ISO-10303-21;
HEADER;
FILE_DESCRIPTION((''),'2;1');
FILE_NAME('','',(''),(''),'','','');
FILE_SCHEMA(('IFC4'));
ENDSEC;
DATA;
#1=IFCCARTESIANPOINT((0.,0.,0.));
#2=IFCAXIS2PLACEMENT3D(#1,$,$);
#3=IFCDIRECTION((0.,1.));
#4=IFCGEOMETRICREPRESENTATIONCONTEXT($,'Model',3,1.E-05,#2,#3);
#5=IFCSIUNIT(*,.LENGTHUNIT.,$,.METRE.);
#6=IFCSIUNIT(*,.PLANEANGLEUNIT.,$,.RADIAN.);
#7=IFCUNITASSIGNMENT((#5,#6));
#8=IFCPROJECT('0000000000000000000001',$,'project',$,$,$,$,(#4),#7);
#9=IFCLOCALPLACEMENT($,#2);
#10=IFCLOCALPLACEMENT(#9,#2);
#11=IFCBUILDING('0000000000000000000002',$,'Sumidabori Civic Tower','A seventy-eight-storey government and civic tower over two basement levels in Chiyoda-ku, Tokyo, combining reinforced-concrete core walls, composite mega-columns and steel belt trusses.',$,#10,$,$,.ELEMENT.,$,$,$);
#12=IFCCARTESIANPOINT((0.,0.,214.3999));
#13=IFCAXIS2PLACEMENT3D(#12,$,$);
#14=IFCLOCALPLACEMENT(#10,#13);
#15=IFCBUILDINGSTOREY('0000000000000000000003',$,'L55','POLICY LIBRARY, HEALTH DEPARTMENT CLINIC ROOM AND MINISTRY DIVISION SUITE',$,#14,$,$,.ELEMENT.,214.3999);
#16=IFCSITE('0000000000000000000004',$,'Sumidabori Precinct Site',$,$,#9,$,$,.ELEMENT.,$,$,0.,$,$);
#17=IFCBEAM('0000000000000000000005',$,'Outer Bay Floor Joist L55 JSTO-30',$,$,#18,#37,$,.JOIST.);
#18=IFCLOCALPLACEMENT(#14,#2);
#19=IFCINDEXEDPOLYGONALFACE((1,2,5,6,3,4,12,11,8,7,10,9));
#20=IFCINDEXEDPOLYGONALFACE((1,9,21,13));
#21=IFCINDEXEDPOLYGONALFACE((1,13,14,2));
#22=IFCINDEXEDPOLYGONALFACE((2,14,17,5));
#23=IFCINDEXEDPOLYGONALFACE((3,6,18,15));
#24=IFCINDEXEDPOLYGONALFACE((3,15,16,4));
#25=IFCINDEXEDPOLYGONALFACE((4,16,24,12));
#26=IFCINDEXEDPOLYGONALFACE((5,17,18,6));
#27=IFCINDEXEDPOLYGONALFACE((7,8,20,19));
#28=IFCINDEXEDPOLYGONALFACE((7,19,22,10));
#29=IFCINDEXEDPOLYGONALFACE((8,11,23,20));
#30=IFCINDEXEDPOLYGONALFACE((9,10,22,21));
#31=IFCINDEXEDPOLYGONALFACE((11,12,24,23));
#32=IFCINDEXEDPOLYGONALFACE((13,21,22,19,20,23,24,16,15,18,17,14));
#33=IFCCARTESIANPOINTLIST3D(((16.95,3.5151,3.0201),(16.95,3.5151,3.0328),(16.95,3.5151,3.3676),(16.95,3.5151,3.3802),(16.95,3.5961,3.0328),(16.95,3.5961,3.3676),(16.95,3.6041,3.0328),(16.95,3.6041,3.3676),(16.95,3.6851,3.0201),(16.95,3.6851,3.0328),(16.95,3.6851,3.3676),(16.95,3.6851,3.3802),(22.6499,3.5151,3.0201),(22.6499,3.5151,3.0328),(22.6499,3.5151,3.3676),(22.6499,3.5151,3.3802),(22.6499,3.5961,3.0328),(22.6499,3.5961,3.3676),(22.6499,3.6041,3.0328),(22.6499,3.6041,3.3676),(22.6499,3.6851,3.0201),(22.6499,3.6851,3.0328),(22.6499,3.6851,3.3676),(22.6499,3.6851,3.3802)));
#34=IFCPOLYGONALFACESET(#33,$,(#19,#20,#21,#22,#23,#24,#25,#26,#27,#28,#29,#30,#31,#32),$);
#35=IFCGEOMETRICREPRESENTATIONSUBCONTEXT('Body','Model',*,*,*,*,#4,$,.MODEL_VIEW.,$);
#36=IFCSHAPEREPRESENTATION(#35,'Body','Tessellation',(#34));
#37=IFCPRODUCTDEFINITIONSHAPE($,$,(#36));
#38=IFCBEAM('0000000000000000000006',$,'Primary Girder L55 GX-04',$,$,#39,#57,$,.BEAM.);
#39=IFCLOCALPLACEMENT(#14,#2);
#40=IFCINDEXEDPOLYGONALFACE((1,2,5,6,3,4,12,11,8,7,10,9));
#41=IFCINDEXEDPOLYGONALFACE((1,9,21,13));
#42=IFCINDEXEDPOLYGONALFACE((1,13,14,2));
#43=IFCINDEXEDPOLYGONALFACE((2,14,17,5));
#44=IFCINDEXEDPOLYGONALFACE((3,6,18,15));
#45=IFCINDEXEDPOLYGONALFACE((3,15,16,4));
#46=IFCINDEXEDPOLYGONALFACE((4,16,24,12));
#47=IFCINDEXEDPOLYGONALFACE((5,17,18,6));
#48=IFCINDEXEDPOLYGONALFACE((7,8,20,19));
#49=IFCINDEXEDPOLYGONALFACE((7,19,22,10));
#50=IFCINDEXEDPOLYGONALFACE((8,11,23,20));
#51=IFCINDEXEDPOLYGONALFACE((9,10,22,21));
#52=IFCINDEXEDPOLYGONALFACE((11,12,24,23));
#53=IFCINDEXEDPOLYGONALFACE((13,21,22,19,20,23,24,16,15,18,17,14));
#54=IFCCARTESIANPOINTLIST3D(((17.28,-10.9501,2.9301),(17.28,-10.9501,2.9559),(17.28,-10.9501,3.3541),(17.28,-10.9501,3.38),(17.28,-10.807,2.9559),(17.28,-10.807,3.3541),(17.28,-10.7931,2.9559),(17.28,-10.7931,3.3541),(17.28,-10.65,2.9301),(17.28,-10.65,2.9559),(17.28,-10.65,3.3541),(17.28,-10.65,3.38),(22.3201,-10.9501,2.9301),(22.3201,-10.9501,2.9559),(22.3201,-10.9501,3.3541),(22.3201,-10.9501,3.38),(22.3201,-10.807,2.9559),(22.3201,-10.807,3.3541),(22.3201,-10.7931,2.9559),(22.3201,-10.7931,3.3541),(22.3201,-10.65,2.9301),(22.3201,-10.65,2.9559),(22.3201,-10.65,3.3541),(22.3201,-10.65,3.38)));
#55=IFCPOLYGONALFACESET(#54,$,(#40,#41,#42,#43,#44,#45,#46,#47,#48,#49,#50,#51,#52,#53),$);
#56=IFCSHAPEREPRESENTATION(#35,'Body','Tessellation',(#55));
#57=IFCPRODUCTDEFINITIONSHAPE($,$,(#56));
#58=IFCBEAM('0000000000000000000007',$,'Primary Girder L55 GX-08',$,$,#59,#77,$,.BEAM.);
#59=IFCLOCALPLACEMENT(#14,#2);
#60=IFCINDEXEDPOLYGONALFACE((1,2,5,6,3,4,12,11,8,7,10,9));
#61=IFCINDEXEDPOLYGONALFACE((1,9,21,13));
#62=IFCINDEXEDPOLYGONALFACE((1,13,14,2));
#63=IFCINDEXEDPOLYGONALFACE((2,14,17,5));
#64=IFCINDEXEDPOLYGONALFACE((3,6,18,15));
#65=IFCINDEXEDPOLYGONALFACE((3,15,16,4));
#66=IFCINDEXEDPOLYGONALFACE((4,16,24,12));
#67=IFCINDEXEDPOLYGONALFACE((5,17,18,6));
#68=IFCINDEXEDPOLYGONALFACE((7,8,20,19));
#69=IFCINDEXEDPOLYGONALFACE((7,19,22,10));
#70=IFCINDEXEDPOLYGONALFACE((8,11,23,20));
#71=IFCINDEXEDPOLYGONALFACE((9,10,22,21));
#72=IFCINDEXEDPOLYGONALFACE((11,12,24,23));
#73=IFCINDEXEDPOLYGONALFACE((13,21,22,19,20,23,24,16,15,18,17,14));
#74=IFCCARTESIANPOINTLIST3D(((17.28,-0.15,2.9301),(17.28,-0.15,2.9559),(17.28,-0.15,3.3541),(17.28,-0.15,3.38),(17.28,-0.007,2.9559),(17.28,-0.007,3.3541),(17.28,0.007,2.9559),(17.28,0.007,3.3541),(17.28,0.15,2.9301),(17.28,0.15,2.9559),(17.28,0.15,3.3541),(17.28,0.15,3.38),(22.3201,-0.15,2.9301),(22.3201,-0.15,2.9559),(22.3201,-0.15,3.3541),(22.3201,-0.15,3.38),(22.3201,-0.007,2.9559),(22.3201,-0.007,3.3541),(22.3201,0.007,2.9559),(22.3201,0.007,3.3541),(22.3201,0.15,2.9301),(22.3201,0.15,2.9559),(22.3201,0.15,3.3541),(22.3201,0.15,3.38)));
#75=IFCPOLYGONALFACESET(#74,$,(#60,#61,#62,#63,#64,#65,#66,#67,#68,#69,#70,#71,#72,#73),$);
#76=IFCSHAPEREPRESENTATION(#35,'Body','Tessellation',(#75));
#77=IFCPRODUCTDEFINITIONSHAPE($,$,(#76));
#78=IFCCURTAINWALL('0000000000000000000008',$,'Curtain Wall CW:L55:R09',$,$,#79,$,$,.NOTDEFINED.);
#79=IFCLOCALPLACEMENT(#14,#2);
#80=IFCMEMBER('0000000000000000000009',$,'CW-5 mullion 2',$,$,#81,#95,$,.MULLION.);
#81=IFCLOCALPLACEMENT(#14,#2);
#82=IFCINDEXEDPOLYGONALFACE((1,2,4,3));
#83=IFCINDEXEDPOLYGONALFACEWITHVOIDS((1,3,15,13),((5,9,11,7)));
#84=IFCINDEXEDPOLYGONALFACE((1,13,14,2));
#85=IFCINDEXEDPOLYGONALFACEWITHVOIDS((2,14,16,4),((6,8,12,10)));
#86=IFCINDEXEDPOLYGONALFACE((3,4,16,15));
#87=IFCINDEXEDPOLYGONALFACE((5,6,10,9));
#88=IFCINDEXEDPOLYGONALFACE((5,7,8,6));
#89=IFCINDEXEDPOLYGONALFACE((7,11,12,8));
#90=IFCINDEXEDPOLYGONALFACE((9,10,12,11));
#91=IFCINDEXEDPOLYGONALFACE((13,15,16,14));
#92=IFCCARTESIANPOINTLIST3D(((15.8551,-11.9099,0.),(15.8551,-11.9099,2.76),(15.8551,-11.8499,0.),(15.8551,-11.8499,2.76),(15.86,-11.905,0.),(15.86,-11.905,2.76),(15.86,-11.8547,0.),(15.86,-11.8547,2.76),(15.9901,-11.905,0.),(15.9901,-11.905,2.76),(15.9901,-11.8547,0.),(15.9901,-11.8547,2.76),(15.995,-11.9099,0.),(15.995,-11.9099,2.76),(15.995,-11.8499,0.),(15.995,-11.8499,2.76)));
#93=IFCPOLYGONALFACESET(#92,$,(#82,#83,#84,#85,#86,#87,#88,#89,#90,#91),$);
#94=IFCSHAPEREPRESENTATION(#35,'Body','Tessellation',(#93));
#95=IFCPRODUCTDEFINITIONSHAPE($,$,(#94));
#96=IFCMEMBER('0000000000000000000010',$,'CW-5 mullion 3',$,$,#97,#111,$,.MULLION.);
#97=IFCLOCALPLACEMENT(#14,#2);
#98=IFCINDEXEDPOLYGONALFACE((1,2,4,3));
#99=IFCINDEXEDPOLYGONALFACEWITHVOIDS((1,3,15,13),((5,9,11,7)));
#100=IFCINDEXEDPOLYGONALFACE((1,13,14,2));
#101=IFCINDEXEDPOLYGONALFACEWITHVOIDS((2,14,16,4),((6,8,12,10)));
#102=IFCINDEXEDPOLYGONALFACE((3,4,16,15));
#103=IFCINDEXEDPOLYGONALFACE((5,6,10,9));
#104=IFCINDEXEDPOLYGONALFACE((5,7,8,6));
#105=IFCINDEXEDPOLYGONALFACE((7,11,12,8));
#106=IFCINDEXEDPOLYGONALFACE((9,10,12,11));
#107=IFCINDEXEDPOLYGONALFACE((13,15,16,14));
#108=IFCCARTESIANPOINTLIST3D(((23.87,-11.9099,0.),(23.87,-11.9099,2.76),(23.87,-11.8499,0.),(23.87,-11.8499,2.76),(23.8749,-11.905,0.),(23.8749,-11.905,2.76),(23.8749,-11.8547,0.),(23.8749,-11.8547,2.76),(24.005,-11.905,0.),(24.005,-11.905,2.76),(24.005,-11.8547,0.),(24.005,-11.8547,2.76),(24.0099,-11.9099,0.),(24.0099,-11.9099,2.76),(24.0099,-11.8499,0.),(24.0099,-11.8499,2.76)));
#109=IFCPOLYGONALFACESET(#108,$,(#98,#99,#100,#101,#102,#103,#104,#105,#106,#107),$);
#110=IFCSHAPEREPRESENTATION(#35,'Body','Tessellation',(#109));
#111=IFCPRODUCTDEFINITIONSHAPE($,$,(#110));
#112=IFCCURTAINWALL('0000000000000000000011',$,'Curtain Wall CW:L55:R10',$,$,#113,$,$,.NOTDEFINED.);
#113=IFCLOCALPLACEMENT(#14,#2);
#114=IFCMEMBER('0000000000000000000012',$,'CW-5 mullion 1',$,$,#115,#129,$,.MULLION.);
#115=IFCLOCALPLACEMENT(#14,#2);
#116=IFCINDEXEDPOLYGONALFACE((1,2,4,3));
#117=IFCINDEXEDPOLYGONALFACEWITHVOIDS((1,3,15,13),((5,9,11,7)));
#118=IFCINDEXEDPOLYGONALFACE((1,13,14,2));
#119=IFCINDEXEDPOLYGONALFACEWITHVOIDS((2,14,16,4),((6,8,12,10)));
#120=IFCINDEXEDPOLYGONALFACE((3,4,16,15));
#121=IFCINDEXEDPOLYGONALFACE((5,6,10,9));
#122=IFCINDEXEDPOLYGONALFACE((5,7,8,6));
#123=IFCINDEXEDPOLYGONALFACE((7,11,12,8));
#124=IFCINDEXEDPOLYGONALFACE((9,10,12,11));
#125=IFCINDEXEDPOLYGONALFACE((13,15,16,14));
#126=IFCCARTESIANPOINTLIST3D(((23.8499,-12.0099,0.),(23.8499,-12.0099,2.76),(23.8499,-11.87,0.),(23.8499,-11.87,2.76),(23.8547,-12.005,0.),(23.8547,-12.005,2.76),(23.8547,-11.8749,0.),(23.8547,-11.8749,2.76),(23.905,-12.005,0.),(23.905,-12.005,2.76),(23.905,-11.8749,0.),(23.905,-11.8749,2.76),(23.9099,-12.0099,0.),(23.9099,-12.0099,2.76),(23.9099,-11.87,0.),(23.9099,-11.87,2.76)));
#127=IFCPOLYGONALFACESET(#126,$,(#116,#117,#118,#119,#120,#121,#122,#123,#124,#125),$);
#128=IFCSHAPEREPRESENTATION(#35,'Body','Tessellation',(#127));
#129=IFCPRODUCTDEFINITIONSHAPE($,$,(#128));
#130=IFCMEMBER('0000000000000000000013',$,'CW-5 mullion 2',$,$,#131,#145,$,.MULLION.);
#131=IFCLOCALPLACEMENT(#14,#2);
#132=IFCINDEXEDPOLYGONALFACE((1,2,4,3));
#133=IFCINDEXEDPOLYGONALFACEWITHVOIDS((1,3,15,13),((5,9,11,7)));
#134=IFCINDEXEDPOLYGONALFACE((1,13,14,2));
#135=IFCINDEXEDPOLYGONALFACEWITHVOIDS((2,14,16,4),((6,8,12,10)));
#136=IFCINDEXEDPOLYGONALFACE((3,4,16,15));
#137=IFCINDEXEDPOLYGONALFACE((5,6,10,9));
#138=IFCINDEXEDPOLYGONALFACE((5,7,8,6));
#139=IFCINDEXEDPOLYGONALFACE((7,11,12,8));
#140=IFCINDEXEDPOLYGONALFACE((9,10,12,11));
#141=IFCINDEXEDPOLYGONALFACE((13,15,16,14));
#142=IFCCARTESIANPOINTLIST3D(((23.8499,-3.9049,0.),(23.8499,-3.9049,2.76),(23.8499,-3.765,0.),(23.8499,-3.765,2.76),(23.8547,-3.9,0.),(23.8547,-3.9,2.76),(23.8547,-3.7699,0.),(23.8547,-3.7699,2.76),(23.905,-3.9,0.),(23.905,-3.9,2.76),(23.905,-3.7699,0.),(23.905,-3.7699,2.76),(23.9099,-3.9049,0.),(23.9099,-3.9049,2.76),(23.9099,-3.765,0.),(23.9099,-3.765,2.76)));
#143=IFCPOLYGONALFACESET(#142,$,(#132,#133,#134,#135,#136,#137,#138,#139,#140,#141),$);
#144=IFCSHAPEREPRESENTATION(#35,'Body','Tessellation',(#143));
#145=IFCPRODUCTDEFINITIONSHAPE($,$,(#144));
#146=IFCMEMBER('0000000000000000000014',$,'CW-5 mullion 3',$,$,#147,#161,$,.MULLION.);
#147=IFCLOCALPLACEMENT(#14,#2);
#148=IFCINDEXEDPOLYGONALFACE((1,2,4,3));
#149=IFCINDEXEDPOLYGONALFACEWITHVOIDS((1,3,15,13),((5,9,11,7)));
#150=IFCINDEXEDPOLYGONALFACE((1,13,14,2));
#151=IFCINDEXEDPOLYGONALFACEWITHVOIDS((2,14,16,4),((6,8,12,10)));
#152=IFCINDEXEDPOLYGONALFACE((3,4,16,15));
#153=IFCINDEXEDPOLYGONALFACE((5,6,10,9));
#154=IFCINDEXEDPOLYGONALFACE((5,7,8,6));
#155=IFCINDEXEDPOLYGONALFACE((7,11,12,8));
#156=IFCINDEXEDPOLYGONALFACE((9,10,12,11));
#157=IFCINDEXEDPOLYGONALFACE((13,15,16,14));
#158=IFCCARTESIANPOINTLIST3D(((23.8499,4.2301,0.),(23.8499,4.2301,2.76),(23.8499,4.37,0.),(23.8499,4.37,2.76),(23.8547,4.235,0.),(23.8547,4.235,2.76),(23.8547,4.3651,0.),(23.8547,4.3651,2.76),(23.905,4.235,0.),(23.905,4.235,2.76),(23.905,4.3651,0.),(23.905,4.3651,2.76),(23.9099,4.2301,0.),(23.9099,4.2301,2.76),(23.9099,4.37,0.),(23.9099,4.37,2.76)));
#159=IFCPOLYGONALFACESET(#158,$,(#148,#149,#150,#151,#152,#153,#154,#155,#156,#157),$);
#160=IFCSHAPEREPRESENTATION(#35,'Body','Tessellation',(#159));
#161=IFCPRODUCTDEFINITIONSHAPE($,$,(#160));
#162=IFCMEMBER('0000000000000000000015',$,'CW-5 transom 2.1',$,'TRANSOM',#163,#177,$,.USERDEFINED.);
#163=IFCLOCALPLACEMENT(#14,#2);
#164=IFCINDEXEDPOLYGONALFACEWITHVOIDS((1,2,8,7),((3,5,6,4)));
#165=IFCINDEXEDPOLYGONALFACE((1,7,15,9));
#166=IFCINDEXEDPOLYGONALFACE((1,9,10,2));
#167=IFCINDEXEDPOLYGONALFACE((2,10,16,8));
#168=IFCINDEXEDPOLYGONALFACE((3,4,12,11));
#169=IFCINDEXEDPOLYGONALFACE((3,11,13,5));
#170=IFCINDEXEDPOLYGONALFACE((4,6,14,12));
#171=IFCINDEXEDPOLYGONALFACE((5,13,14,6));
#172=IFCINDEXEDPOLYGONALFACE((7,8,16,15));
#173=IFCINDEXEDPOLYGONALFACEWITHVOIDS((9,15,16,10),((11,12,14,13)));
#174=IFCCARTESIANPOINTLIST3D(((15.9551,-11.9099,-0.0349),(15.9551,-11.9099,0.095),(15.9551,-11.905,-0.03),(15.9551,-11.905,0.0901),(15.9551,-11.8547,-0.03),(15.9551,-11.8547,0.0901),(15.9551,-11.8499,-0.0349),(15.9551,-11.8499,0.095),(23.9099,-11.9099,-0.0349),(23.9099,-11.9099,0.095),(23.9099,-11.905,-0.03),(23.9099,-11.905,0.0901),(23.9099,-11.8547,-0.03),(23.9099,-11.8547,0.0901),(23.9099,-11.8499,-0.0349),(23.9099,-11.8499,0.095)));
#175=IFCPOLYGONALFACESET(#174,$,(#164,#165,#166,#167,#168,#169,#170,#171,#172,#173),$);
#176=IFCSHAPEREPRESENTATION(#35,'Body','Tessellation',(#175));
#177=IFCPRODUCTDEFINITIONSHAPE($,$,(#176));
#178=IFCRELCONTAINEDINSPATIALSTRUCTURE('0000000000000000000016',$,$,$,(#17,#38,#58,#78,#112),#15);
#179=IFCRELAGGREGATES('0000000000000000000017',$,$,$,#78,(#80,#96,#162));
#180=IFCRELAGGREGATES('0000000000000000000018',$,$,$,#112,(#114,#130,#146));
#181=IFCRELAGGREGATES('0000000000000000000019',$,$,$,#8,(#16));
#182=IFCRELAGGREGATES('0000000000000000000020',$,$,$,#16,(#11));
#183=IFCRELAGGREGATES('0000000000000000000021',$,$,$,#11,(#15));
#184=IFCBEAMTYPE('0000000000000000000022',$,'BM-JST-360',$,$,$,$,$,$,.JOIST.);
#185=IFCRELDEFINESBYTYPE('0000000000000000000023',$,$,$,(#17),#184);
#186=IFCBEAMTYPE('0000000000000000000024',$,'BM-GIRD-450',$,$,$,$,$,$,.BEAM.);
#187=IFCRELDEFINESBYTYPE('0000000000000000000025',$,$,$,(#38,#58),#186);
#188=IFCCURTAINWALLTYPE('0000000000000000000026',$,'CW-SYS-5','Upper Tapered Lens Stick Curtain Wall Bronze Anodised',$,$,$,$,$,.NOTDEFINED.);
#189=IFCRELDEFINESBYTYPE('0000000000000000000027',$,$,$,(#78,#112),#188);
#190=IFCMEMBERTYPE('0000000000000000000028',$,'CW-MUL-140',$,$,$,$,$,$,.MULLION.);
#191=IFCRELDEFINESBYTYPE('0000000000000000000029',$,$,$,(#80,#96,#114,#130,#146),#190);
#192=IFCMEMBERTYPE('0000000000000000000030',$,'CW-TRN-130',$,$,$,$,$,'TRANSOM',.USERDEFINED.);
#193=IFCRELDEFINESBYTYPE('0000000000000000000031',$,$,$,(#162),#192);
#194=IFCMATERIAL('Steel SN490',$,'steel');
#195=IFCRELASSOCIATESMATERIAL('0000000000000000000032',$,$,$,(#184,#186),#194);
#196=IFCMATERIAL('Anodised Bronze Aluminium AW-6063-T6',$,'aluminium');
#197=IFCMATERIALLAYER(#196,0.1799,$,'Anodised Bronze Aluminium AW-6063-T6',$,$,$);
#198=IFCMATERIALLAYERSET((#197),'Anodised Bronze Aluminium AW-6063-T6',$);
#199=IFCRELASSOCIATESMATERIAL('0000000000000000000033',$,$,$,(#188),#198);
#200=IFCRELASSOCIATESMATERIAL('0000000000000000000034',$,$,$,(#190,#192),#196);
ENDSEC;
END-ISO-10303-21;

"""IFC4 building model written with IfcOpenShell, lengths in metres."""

from ifc_helpers import new_model, si_unit, direction, frame, origin, origin_2d, place, context, subcontext, project, spatial, hollow_rectangle, i_section, extrude, source, transform, mapped, material, layer, layer_set, material_profile, profile_set, type_object, element, aggregate, save


model = new_model("IFC4")

# Units and contexts
model_context = context("Model", 3, precision=1e-05, world=origin(), true_north=direction((0.0, 1.0)))
body_context = subcontext(model_context, "Body", "Model", "MODEL_VIEW")
ifc_project = project(units=[si_unit("LENGTHUNIT", "METRE"), si_unit("PLANEANGLEUNIT", "RADIAN")], contexts=[model_context])

# Site, building, storey
site_placement = place(None, origin())
site = spatial("IfcSite", under=ifc_project, at=site_placement, Name="Sumidabori Precinct Site", CompositionType="ELEMENT", RefElevation=0.0)
building_placement = place(site_placement, origin())
building = spatial("IfcBuilding", under=site, at=building_placement, Name="Sumidabori Civic Tower", Description="A seventy-eight-storey government and civic tower over two basement levels in Chiyoda-ku, Tokyo, combining reinforced-concrete core walls, composite mega-columns and steel belt trusses.", CompositionType="ELEMENT")
storey_placement = place(building_placement, frame((0.0, 0.0, 214.3999)))
storey = spatial("IfcBuildingStorey", under=building, at=storey_placement, Name="L55", Description="POLICY LIBRARY, HEALTH DEPARTMENT CLINIC ROOM AND MINISTRY DIVISION SUITE", CompositionType="ELEMENT", Elevation=214.3999)

# Beams
ifc_material_1 = material(Name="Steel SN490", Category="steel")
ifc_material_profile_1 = material_profile(ifc_material_1, i_section(OverallWidth=0.1699, OverallDepth=0.3601, WebThickness=0.0081, FlangeThickness=0.0127, at=origin_2d()), Name="IPE 360")
ifc_profile_set_1 = profile_set([ifc_material_profile_1], Name="Steel SN490")
beam_type_1 = type_object("IfcBeamType", Name="BM-JST-360", PredefinedType="JOIST", material=ifc_profile_set_1)
shared_shape_1 = source(origin(), body_context, "Body", "SweptSolid", [
    extrude(i_section(OverallWidth=0.1699, OverallDepth=0.3601, WebThickness=0.0081, FlangeThickness=0.0127, at=origin_2d()), origin(), (0.0, 0.0, 1.0), 5.7),
])
for number, where, z_axis, x_axis, name in (
    (1, (16.95, 3.6001, 3.2002), (1.0, 0.0, 0.0), (0.0, 1.0, 0.0), "Outer Bay Floor Joist L55 JSTO-30"),
):
    element("IfcBeam", number, at=place(storey_placement, frame(where, z_axis=z_axis, x_axis=x_axis)), inside=storey, type_object=beam_type_1, Name=name, PredefinedType="JOIST", context=body_context, shape_type="MappedRepresentation", body=[
        mapped(shared_shape_1, transform((0.0, 0.0, 0.0), x_axis=(1.0, 0.0, 0.0), y_axis=(0.0, 1.0, 0.0), z_axis=(0.0, 0.0, 1.0), scale=1.0)),
    ])
ifc_material_profile_2 = material_profile(ifc_material_1, i_section(OverallWidth=0.3, OverallDepth=0.45, WebThickness=0.0139, FlangeThickness=0.0259, at=origin_2d()), Name="HE 450 B")
ifc_profile_set_2 = profile_set([ifc_material_profile_2], Name="Steel SN490")
beam_type_2 = type_object("IfcBeamType", Name="BM-GIRD-450", PredefinedType="BEAM", material=ifc_profile_set_2)
shared_shape_2 = source(origin(), body_context, "Body", "SweptSolid", [
    extrude(i_section(OverallWidth=0.3, OverallDepth=0.45, WebThickness=0.0139, FlangeThickness=0.0259, at=origin_2d()), origin(), (0.0, 0.0, 1.0), 5.04),
])
for number, where, z_axis, x_axis, name in (
    (2, (17.28, -10.8, 3.155), (1.0, 0.0, 0.0), (0.0, 1.0, 0.0), "Primary Girder L55 GX-04"),
    (3, (17.28, 0.0, 3.155), (1.0, 0.0, 0.0), (0.0, 1.0, 0.0), "Primary Girder L55 GX-08"),
):
    element("IfcBeam", number, at=place(storey_placement, frame(where, z_axis=z_axis, x_axis=x_axis)), inside=storey, type_object=beam_type_2, Name=name, PredefinedType="BEAM", context=body_context, shape_type="MappedRepresentation", body=[
        mapped(shared_shape_2, transform((0.0, 0.0, 0.0), x_axis=(1.0, 0.0, 0.0), y_axis=(0.0, 1.0, 0.0), z_axis=(0.0, 0.0, 1.0), scale=1.0)),
    ])

# Curtain walls, members
ifc_material_2 = material(Name="Anodised Bronze Aluminium AW-6063-T6", Category="aluminium")
ifc_layer_1 = layer(ifc_material_2, 0.1799, Name="Anodised Bronze Aluminium AW-6063-T6")
ifc_layer_set_1 = layer_set([ifc_layer_1], Name="Anodised Bronze Aluminium AW-6063-T6")
curtain_wall_type = type_object("IfcCurtainWallType", Name="CW-SYS-5", Description="Upper Tapered Lens Stick Curtain Wall Bronze Anodised", PredefinedType="NOTDEFINED", material=ifc_layer_set_1)
curtain_wall_1_placement = place(storey_placement, origin())
curtain_wall_1 = element("IfcCurtainWall", 4, at=curtain_wall_1_placement, inside=storey, type_object=curtain_wall_type, Name="Curtain Wall CW:L55:R09", PredefinedType="NOTDEFINED")
ifc_material_profile_3 = material_profile(ifc_material_2, hollow_rectangle(XDim=0.0601, YDim=0.1399, WallThickness=0.0049, at=origin_2d()), Name="ALU MULLION 140x60")
ifc_profile_set_3 = profile_set([ifc_material_profile_3], Name="Anodised Bronze Aluminium AW-6063-T6")
member_type_1 = type_object("IfcMemberType", Name="CW-MUL-140", PredefinedType="MULLION", material=ifc_profile_set_3)
shared_shape_3 = source(origin(), body_context, "Body", "SweptSolid", [
    extrude(hollow_rectangle(XDim=0.0601, YDim=0.1399, WallThickness=0.0049, at=origin_2d()), origin(), (0.0, 0.0, 1.0), 2.76),
])
member_1_placement = place(storey_placement, frame((15.925, -11.8799, 0.0), z_axis=(0.0, 0.0, 1.0), x_axis=(0.0, 1.0, 0.0)))
member_1 = element("IfcMember", 5, at=member_1_placement, type_object=member_type_1, Name="CW-5 mullion 2", PredefinedType="MULLION", context=body_context, shape_type="MappedRepresentation", body=[
    mapped(shared_shape_3, transform((0.0, 0.0, 0.0), x_axis=(1.0, 0.0, 0.0), y_axis=(0.0, 1.0, 0.0), z_axis=(0.0, 0.0, 1.0), scale=1.0)),
])
member_2_placement = place(storey_placement, frame((23.9399, -11.8799, 0.0), z_axis=(0.0, 0.0, 1.0), x_axis=(0.0, 1.0, 0.0)))
member_2 = element("IfcMember", 6, at=member_2_placement, type_object=member_type_1, Name="CW-5 mullion 3", PredefinedType="MULLION", context=body_context, shape_type="MappedRepresentation", body=[
    mapped(shared_shape_3, transform((0.0, 0.0, 0.0), x_axis=(1.0, 0.0, 0.0), y_axis=(0.0, 1.0, 0.0), z_axis=(0.0, 0.0, 1.0), scale=1.0)),
])
curtain_wall_2_placement = place(storey_placement, origin())
curtain_wall_2 = element("IfcCurtainWall", 7, at=curtain_wall_2_placement, inside=storey, type_object=curtain_wall_type, Name="Curtain Wall CW:L55:R10", PredefinedType="NOTDEFINED")
member_3_placement = place(storey_placement, frame((23.8799, -11.9399, 0.0), z_axis=(0.0, 0.0, 1.0), x_axis=(-1.0, 0.0, 0.0)))
member_3 = element("IfcMember", 8, at=member_3_placement, type_object=member_type_1, Name="CW-5 mullion 1", PredefinedType="MULLION", context=body_context, shape_type="MappedRepresentation", body=[
    mapped(shared_shape_3, transform((0.0, 0.0, 0.0), x_axis=(1.0, 0.0, 0.0), y_axis=(0.0, 1.0, 0.0), z_axis=(0.0, 0.0, 1.0), scale=1.0)),
])
member_4_placement = place(storey_placement, frame((23.8799, -3.835, 0.0), z_axis=(0.0, 0.0, 1.0), x_axis=(-1.0, 0.0, 0.0)))
member_4 = element("IfcMember", 9, at=member_4_placement, type_object=member_type_1, Name="CW-5 mullion 2", PredefinedType="MULLION", context=body_context, shape_type="MappedRepresentation", body=[
    mapped(shared_shape_3, transform((0.0, 0.0, 0.0), x_axis=(1.0, 0.0, 0.0), y_axis=(0.0, 1.0, 0.0), z_axis=(0.0, 0.0, 1.0), scale=1.0)),
])
member_5_placement = place(storey_placement, frame((23.8799, 4.3, 0.0), z_axis=(0.0, 0.0, 1.0), x_axis=(-1.0, 0.0, 0.0)))
member_5 = element("IfcMember", 10, at=member_5_placement, type_object=member_type_1, Name="CW-5 mullion 3", PredefinedType="MULLION", context=body_context, shape_type="MappedRepresentation", body=[
    mapped(shared_shape_3, transform((0.0, 0.0, 0.0), x_axis=(1.0, 0.0, 0.0), y_axis=(0.0, 1.0, 0.0), z_axis=(0.0, 0.0, 1.0), scale=1.0)),
])

# Member
ifc_material_profile_4 = material_profile(ifc_material_2, hollow_rectangle(XDim=0.0601, YDim=0.1299, WallThickness=0.0049, at=origin_2d()), Name="ALU TRANSOM 130x60")
ifc_profile_set_4 = profile_set([ifc_material_profile_4], Name="Anodised Bronze Aluminium AW-6063-T6")
member_type_2 = type_object("IfcMemberType", Name="CW-TRN-130", ElementType="TRANSOM", PredefinedType="USERDEFINED", material=ifc_profile_set_4)
shared_shape_4 = source(origin(), body_context, "Body", "SweptSolid", [
    extrude(hollow_rectangle(XDim=0.0601, YDim=0.1299, WallThickness=0.0049, at=origin_2d()), origin(), (0.0, 0.0, 1.0), 7.9548),
])
member_6_placement = place(storey_placement, frame((15.9551, -11.8799, 0.03), z_axis=(1.0, 0.0, 0.0), x_axis=(0.0, 1.0, 0.0)))
member_6 = element("IfcMember", 11, at=member_6_placement, type_object=member_type_2, Name="CW-5 transom 2.1", ObjectType="TRANSOM", PredefinedType="USERDEFINED", context=body_context, shape_type="MappedRepresentation", body=[
    mapped(shared_shape_4, transform((0.0, 0.0, 0.0), x_axis=(1.0, 0.0, 0.0), y_axis=(0.0, 1.0, 0.0), z_axis=(0.0, 0.0, 1.0), scale=1.0)),
])

aggregate(curtain_wall_1, [member_1, member_2, member_6])
aggregate(curtain_wall_2, [member_3, member_4, member_5])

save(model, "model.ifc")
